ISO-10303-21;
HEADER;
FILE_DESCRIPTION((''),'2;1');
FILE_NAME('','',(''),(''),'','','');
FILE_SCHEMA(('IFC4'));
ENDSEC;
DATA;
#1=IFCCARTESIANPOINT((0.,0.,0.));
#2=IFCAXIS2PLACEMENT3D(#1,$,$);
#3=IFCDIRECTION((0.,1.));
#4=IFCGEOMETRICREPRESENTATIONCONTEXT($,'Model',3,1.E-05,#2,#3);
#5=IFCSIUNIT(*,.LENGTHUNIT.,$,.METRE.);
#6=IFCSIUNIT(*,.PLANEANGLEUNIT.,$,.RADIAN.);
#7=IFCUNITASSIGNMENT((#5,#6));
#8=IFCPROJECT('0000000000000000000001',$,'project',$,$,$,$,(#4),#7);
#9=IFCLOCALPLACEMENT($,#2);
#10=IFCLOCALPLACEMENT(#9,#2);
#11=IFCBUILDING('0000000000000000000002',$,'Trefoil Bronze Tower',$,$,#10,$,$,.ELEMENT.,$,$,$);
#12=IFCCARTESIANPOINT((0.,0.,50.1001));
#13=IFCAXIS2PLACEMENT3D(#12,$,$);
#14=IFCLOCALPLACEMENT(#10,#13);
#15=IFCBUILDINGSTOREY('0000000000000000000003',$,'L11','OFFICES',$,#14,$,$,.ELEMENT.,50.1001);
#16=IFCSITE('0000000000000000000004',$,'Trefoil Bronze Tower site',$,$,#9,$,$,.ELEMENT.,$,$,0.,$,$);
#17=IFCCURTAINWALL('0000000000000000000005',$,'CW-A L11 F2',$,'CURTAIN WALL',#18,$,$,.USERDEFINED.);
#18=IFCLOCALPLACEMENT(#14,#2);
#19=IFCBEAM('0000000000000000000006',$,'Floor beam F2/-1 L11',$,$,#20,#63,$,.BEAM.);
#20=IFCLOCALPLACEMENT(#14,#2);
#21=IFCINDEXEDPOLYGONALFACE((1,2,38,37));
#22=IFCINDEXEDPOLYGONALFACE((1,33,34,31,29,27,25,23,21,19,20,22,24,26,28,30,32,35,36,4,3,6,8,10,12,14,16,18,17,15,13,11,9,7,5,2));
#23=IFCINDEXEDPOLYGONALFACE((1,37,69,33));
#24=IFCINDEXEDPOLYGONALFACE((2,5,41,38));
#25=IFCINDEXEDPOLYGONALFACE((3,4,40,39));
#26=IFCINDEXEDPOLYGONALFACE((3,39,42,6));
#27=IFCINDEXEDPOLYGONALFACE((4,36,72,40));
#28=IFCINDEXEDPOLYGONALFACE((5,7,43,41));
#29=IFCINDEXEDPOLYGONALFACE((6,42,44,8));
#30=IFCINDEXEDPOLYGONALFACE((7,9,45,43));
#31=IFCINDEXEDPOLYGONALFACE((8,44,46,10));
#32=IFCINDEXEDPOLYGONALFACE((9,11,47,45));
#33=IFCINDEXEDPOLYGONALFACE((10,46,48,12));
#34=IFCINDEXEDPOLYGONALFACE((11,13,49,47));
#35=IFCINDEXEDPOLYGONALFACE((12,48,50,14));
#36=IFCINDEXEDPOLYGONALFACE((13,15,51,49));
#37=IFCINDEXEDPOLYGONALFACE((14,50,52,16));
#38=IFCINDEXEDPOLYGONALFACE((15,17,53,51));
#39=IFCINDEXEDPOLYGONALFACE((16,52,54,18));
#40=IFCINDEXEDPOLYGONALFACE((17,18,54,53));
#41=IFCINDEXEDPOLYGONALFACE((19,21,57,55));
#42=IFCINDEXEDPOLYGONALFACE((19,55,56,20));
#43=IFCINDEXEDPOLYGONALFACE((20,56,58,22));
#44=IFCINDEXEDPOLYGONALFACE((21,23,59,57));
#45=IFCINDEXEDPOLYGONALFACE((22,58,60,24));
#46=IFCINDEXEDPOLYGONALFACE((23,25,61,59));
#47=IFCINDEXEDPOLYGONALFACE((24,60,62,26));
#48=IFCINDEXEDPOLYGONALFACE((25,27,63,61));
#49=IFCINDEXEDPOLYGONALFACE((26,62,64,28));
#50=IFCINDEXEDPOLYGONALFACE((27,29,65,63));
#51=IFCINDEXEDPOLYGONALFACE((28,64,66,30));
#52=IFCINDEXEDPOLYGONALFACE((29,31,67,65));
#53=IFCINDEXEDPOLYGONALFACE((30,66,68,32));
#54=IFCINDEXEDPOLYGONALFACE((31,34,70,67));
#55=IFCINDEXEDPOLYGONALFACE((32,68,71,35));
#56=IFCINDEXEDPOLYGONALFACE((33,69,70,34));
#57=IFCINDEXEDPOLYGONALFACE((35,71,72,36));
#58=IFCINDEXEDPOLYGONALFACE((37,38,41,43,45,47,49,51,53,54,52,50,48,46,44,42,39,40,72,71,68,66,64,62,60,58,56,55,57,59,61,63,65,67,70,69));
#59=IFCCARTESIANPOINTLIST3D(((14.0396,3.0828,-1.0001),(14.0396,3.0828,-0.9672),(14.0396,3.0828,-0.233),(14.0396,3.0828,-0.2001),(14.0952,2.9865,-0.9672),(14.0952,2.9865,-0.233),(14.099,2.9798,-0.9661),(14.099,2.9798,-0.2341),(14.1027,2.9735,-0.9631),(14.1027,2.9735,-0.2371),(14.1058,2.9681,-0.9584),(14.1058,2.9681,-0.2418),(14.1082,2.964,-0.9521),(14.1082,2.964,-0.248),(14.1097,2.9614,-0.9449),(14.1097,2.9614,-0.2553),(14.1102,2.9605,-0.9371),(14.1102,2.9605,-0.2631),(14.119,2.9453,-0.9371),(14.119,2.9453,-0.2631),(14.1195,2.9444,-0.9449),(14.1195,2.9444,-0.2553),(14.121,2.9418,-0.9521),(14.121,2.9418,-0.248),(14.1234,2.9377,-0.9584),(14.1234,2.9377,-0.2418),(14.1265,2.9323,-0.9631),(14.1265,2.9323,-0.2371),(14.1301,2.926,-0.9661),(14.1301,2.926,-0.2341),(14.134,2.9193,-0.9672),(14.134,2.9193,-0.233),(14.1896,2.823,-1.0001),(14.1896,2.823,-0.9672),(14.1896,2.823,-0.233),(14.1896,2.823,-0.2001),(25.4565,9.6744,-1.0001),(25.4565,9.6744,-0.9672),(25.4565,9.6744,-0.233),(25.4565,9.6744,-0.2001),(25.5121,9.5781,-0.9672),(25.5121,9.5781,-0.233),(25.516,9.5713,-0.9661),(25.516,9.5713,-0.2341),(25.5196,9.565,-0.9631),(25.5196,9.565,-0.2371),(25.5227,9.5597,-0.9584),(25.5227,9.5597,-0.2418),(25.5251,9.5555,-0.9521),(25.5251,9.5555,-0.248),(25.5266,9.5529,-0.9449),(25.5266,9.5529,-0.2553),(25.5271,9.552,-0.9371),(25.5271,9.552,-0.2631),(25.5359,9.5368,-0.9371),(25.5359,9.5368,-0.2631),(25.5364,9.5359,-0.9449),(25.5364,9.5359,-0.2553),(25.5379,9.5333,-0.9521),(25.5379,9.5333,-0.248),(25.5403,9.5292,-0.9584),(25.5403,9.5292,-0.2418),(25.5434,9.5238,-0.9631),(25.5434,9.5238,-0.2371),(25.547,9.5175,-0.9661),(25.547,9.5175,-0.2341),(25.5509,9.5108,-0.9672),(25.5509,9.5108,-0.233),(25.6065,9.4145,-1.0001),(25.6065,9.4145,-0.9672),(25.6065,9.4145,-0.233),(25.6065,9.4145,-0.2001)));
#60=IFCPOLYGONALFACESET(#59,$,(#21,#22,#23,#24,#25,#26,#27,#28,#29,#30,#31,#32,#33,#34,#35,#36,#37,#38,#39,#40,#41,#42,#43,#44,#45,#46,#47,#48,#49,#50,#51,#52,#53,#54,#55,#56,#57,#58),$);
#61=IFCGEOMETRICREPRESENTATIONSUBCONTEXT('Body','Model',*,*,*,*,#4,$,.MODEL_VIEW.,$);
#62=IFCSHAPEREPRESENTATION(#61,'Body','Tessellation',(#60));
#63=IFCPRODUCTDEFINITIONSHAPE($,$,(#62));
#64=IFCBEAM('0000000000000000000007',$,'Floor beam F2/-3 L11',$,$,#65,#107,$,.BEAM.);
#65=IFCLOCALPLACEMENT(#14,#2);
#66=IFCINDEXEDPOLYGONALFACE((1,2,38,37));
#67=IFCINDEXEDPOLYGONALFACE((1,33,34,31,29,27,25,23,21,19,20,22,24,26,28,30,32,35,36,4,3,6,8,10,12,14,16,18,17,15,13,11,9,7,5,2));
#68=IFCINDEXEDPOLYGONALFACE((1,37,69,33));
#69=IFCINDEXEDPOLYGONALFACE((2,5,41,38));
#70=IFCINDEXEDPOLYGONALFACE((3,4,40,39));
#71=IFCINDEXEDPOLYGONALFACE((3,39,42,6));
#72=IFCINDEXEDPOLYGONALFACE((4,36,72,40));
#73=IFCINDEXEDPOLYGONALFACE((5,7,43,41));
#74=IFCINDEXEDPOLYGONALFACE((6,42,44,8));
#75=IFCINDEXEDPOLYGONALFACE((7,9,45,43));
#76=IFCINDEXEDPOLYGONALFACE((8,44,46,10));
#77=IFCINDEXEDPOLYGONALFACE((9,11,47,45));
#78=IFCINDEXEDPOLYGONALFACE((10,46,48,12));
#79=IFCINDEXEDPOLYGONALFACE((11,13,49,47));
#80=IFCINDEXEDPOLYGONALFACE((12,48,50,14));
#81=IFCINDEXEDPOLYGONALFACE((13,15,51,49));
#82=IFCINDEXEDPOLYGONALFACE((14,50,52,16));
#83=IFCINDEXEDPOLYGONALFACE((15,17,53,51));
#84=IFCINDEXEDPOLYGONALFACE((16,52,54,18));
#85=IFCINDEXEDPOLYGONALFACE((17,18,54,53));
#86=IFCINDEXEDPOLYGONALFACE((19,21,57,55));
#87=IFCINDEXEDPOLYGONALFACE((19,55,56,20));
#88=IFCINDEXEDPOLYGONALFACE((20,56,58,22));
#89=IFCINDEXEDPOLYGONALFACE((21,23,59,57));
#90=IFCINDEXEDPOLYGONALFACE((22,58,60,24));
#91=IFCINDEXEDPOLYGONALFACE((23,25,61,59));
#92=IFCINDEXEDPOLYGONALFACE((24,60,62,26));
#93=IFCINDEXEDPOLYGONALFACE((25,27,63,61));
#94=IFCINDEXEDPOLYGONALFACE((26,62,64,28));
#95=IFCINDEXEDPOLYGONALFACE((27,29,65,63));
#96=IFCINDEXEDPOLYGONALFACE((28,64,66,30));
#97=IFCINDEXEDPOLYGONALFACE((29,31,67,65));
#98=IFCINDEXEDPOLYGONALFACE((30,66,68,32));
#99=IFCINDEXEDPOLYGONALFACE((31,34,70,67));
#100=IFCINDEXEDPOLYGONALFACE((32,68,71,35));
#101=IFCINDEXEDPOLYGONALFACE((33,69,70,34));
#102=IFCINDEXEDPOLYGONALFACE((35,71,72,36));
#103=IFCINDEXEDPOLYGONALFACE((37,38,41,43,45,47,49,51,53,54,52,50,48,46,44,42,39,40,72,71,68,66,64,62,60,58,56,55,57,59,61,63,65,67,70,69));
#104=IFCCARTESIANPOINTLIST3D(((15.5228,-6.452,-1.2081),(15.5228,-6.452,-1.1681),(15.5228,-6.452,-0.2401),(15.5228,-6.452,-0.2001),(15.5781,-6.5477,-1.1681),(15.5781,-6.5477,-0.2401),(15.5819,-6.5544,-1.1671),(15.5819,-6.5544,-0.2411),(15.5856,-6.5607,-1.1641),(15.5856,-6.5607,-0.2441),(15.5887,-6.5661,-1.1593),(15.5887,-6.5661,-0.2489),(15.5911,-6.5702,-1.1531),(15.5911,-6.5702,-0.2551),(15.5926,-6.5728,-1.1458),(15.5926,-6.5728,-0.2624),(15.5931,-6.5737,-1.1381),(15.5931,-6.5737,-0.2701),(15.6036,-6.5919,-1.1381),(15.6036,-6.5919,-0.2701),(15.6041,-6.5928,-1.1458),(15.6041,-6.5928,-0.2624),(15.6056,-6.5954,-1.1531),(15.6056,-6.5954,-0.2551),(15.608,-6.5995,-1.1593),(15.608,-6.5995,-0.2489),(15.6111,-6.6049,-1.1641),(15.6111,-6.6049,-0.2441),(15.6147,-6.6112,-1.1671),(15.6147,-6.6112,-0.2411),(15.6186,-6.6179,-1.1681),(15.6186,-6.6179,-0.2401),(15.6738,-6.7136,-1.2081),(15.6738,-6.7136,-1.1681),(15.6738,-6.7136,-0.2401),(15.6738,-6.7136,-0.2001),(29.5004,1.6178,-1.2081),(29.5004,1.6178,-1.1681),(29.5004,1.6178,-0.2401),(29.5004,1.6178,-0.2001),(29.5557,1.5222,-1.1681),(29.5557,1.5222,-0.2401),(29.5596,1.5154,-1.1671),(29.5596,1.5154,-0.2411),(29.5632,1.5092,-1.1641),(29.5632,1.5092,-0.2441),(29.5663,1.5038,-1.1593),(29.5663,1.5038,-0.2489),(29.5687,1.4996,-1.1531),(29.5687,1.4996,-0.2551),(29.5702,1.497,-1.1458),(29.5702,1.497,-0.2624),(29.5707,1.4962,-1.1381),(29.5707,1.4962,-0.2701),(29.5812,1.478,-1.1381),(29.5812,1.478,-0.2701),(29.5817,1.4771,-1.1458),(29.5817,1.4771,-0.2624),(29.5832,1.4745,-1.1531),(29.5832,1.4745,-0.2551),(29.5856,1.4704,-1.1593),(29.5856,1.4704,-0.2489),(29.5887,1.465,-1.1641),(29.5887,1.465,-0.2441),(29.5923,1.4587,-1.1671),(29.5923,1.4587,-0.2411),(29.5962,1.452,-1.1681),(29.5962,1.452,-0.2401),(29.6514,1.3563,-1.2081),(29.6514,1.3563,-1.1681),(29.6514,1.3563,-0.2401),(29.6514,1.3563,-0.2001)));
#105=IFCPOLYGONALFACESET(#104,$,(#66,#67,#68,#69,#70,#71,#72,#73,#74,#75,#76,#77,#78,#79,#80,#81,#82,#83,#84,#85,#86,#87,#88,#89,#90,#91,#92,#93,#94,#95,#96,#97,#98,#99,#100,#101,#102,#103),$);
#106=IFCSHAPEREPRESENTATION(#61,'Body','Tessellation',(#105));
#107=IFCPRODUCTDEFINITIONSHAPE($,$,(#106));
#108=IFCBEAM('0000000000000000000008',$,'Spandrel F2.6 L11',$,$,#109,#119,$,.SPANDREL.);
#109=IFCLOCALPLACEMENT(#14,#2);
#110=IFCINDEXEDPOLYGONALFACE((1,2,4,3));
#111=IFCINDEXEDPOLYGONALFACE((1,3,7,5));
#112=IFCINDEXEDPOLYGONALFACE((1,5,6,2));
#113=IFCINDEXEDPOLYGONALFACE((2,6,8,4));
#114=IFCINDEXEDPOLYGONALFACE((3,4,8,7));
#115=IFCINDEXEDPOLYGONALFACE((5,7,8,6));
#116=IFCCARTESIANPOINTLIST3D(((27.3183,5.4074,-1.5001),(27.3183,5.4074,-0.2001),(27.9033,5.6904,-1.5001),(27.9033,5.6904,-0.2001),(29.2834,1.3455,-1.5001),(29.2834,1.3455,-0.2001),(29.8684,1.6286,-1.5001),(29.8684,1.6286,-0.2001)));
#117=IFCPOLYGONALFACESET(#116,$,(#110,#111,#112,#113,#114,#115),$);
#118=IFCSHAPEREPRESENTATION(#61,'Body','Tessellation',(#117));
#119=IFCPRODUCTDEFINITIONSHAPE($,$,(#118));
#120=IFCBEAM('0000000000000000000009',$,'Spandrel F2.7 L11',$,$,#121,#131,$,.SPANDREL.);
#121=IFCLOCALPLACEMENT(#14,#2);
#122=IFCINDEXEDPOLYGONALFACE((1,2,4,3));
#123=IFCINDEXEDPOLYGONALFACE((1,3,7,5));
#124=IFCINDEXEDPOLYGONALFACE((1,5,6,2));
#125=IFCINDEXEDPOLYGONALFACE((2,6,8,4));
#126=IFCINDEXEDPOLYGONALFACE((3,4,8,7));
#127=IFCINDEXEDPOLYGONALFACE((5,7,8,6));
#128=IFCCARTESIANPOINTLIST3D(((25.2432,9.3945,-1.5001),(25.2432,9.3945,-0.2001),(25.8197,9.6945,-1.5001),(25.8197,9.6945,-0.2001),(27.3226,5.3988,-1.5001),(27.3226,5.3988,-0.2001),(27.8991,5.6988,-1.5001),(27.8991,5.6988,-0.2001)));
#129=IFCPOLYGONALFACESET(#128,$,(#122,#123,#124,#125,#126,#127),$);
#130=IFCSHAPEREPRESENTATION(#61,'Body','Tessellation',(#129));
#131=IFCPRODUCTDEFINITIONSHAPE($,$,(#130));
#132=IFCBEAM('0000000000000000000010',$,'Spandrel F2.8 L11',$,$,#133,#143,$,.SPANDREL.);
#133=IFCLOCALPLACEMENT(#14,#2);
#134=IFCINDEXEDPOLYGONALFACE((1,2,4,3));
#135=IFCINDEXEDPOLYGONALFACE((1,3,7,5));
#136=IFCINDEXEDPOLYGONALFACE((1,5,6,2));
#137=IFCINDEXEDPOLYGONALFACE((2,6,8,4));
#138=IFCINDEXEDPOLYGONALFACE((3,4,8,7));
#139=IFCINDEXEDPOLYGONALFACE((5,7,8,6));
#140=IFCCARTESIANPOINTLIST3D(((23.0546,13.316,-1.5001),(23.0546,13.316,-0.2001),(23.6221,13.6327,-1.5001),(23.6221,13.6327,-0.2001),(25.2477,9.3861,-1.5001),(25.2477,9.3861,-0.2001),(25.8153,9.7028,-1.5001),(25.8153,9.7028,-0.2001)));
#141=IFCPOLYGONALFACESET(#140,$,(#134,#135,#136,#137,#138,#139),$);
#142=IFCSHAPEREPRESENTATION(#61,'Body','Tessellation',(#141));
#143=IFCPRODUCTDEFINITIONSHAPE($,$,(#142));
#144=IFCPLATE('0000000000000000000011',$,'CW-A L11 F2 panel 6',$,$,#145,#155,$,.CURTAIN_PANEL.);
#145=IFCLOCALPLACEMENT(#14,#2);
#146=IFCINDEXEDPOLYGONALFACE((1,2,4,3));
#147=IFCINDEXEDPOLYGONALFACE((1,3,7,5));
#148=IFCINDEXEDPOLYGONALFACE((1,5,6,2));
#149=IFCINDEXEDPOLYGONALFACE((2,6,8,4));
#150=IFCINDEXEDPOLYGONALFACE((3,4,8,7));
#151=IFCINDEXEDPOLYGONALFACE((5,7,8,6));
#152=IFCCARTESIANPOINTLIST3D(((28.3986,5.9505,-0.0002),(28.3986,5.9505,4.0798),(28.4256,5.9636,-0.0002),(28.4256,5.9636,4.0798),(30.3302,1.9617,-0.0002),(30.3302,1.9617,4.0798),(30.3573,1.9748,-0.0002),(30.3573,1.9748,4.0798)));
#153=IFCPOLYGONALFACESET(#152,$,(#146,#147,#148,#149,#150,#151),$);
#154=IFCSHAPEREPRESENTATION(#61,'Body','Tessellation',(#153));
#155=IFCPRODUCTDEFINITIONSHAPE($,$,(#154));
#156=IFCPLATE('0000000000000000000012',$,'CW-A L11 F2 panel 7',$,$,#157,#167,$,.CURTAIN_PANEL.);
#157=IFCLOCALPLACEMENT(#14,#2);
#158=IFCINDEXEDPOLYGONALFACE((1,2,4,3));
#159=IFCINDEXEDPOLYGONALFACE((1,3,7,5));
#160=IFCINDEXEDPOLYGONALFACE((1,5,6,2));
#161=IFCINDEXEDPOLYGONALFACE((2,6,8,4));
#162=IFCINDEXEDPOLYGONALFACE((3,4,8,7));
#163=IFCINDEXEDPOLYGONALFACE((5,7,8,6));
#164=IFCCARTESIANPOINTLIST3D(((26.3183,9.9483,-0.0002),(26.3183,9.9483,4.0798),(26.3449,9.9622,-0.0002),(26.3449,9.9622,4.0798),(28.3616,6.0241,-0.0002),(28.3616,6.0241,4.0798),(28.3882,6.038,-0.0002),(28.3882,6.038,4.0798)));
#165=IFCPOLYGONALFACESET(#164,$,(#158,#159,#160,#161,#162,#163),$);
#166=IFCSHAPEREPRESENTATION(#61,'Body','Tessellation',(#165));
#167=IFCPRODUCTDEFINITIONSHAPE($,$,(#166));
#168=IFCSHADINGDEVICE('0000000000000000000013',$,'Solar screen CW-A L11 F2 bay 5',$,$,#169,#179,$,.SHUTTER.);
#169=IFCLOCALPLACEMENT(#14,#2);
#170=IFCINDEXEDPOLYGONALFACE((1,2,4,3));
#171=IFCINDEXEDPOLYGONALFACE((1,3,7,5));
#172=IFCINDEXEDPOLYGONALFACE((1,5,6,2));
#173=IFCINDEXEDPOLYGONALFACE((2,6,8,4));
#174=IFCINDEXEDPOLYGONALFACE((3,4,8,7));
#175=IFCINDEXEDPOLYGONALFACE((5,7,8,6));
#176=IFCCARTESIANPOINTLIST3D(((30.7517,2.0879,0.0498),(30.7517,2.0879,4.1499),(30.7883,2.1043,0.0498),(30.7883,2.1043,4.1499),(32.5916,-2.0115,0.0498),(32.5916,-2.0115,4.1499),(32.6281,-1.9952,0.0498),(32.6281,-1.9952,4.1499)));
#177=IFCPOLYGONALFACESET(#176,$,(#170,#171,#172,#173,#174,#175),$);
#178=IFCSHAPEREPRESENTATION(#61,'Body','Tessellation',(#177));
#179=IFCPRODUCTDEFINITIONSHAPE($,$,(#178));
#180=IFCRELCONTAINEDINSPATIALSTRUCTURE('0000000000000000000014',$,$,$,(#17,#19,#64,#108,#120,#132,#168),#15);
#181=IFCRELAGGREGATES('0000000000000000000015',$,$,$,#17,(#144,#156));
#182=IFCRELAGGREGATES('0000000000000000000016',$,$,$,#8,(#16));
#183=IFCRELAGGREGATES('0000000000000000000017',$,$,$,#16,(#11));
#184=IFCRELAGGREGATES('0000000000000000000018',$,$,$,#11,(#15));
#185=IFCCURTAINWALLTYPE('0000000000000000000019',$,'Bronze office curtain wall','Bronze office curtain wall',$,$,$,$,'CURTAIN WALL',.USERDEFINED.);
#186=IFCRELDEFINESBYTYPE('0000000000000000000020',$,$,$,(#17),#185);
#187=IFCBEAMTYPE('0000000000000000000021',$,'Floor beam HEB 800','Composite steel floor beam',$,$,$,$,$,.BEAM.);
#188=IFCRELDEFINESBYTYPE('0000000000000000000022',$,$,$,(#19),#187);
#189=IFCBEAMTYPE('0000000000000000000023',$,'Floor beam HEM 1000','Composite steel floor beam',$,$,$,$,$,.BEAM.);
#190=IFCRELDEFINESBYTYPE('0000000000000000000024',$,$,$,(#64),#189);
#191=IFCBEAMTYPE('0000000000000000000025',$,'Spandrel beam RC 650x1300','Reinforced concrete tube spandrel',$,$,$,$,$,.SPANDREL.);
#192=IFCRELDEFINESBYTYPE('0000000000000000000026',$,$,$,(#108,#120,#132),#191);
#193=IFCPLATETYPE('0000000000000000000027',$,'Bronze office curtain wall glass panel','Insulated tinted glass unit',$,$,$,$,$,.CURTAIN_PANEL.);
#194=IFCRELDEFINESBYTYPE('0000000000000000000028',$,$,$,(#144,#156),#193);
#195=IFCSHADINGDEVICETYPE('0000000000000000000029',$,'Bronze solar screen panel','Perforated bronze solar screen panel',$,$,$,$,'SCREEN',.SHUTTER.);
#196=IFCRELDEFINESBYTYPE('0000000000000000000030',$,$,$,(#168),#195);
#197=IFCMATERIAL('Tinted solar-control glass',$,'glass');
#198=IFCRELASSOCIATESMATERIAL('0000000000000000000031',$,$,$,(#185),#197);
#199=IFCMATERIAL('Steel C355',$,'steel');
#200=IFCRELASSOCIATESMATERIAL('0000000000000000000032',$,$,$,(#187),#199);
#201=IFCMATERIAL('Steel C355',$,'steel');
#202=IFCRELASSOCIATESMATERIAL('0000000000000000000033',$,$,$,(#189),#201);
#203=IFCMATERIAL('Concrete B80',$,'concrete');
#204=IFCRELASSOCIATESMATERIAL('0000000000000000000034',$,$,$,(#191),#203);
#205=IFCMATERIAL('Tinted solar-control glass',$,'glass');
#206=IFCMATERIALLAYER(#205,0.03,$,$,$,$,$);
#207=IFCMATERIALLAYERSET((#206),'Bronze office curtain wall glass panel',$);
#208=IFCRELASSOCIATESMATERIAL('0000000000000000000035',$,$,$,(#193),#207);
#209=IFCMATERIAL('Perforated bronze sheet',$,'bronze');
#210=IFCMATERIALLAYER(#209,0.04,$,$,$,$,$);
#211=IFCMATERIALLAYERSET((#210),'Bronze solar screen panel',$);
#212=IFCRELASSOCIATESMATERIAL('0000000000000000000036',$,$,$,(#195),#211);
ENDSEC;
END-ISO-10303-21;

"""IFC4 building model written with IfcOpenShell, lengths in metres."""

from ifc_helpers import new_model, si_unit, direction, frame, origin, origin_2d, place, context, subcontext, project, spatial, rectangle, i_section, extrude, material, layer, layer_set, material_profile, profile_set, type_object, element, aggregate, save


model = new_model("IFC4")

# Units and contexts
model_context = context("Model", 3, precision=1e-05, world=origin(), true_north=direction((0.0, 1.0)))
body_context = subcontext(model_context, "Body", "Model", "MODEL_VIEW")
ifc_project = project(units=[si_unit("LENGTHUNIT", "METRE"), si_unit("PLANEANGLEUNIT", "RADIAN")], contexts=[model_context])

# Site, building, storey
site_placement = place(None, origin())
site = spatial("IfcSite", under=ifc_project, at=site_placement, Name="Trefoil Bronze Tower site", CompositionType="ELEMENT", RefElevation=0.0)
building_placement = place(site_placement, origin())
building = spatial("IfcBuilding", under=site, at=building_placement, Name="Trefoil Bronze Tower", CompositionType="ELEMENT")
storey_placement = place(building_placement, frame((0.0, 0.0, 50.1001)))
storey = spatial("IfcBuildingStorey", under=building, at=storey_placement, Name="L11", Description="OFFICES", CompositionType="ELEMENT", Elevation=50.1001)

# Curtain wall
ifc_material_1 = material(Name="Tinted solar-control glass", Category="glass")
curtain_wall_type = type_object("IfcCurtainWallType", Name="Bronze office curtain wall", Description="Bronze office curtain wall", ElementType="CURTAIN WALL", PredefinedType="USERDEFINED", material=ifc_material_1)
curtain_wall_placement = place(storey_placement, origin())
curtain_wall = element("IfcCurtainWall", 1, at=curtain_wall_placement, inside=storey, type_object=curtain_wall_type, Name="CW-A L11 F2", ObjectType="CURTAIN WALL", PredefinedType="USERDEFINED")

# Beams
ifc_material_2 = material(Name="Steel C355", Category="steel")
ifc_material_profile_1 = material_profile(ifc_material_2, i_section(OverallWidth=0.3, OverallDepth=0.8, WebThickness=0.0176, FlangeThickness=0.033, FilletRadius=0.03, at=origin_2d()), Name="HEB 800")
ifc_profile_set_1 = profile_set([ifc_material_profile_1], Name="Steel C355")
beam_type_1 = type_object("IfcBeamType", Name="Floor beam HEB 800", Description="Composite steel floor beam", PredefinedType="BEAM", material=ifc_profile_set_1)
beam_1_placement = place(storey_placement, frame((25.5315, 9.5444, -0.6001), z_axis=(-0.866027, -0.499997, 0.0), x_axis=(0.499997, -0.866027, 0.0)))
element("IfcBeam", 2, at=beam_1_placement, inside=storey, type_object=beam_type_1, Name="Floor beam F2/-1 L11", PredefinedType="BEAM", context=body_context, shape_type="SweptSolid", body=[
    extrude(i_section(OverallWidth=0.3, OverallDepth=0.8, WebThickness=0.0176, FlangeThickness=0.033, FilletRadius=0.03, at=origin_2d()), origin(), (0.0, 0.0, 1.0), 13.1831),
])
ifc_material_3 = material(Name="Steel C355", Category="steel")
ifc_material_profile_2 = material_profile(ifc_material_3, i_section(OverallWidth=0.302, OverallDepth=1.0081, WebThickness=0.021, FlangeThickness=0.04, FilletRadius=0.03, at=origin_2d()), Name="HEM 1000")
ifc_profile_set_2 = profile_set([ifc_material_profile_2], Name="Steel C355")
beam_type_2 = type_object("IfcBeamType", Name="Floor beam HEM 1000", Description="Composite steel floor beam", PredefinedType="BEAM", material=ifc_profile_set_2)
beam_2_placement = place(storey_placement, frame((29.5759, 1.4871, -0.7041), z_axis=(-0.866028, -0.499995, 0.0), x_axis=(0.499995, -0.866028, 0.0)))
element("IfcBeam", 3, at=beam_2_placement, inside=storey, type_object=beam_type_2, Name="Floor beam F2/-3 L11", PredefinedType="BEAM", context=body_context, shape_type="SweptSolid", body=[
    extrude(i_section(OverallWidth=0.302, OverallDepth=1.0081, WebThickness=0.021, FlangeThickness=0.04, FilletRadius=0.03, at=origin_2d()), origin(), (0.0, 0.0, 1.0), 16.1399),
])
ifc_material_4 = material(Name="Concrete B80", Category="concrete")
ifc_material_profile_3 = material_profile(ifc_material_4, rectangle(XDim=0.6499, YDim=1.3, at=origin_2d()), Name="RC 650x1300")
ifc_profile_set_3 = profile_set([ifc_material_profile_3], Name="Concrete B80")
beam_type_3 = type_object("IfcBeamType", Name="Spandrel beam RC 650x1300", Description="Reinforced concrete tube spandrel", PredefinedType="SPANDREL", material=ifc_profile_set_3)
beam_3_placement = place(storey_placement, frame((29.5759, 1.4871, -0.8501), z_axis=(-0.43551, 0.900184, 0.0), x_axis=(-0.900184, -0.43551, 0.0)))
element("IfcBeam", 4, at=beam_3_placement, inside=storey, type_object=beam_type_3, Name="Spandrel F2.6 L11", PredefinedType="SPANDREL", context=body_context, shape_type="SweptSolid", body=[
    extrude(rectangle(XDim=0.6499, YDim=1.3, at=origin_2d()), origin(), (0.0, 0.0, 1.0), 4.5122),
])
beam_4_placement = place(storey_placement, frame((27.6108, 5.5488, -0.8501), z_axis=(-0.461638, 0.887069, 0.0), x_axis=(-0.887069, -0.461638, 0.0)))
element("IfcBeam", 5, at=beam_4_placement, inside=storey, type_object=beam_type_3, Name="Spandrel F2.7 L11", PredefinedType="SPANDREL", context=body_context, shape_type="SweptSolid", body=[
    extrude(rectangle(XDim=0.6499, YDim=1.3, at=origin_2d()), origin(), (0.0, 0.0, 1.0), 4.5044),
])
beam_5_placement = place(storey_placement, frame((25.5315, 9.5444, -0.8501), z_axis=(-0.487309, 0.873229, 0.0), x_axis=(-0.873229, -0.487309, 0.0)))
element("IfcBeam", 6, at=beam_5_placement, inside=storey, type_object=beam_type_3, Name="Spandrel F2.8 L11", PredefinedType="SPANDREL", context=body_context, shape_type="SweptSolid", body=[
    extrude(rectangle(XDim=0.6499, YDim=1.3, at=origin_2d()), origin(), (0.0, 0.0, 1.0), 4.5005),
])

# Plates
ifc_material_5 = material(Name="Tinted solar-control glass", Category="glass")
ifc_layer_1 = layer(ifc_material_5, 0.03)
ifc_layer_set_1 = layer_set([ifc_layer_1], Name="Bronze office curtain wall glass panel")
plate_type = type_object("IfcPlateType", Name="Bronze office curtain wall glass panel", Description="Insulated tinted glass unit", PredefinedType="CURTAIN_PANEL", material=ifc_layer_set_1)
plate_1_placement = place(storey_placement, frame((29.3779, 3.9626, -0.0002), z_axis=(0.0, 0.0, 1.0), x_axis=(-0.435855, 0.900017, 0.0)))
plate_1 = element("IfcPlate", 7, at=plate_1_placement, type_object=plate_type, Name="CW-A L11 F2 panel 6", PredefinedType="CURTAIN_PANEL", context=body_context, shape_type="SweptSolid", body=[
    extrude(rectangle(XDim=4.4319, YDim=0.03, at=origin_2d()), origin(), (0.0, 0.0, 1.0), 4.0801),
])
plate_2_placement = place(storey_placement, frame((27.3533, 7.9932, -0.0002), z_axis=(0.0, 0.0, 1.0), x_axis=(-0.46183, 0.886969, 0.0)))
plate_2 = element("IfcPlate", 8, at=plate_2_placement, type_object=plate_type, Name="CW-A L11 F2 panel 7", PredefinedType="CURTAIN_PANEL", context=body_context, shape_type="SweptSolid", body=[
    extrude(rectangle(XDim=4.4243, YDim=0.03, at=origin_2d()), origin(), (0.0, 0.0, 1.0), 4.0801),
])
aggregate(curtain_wall, [plate_1, plate_2])

# Shading device
ifc_material_6 = material(Name="Perforated bronze sheet", Category="bronze")
ifc_layer_2 = layer(ifc_material_6, 0.04)
ifc_layer_set_2 = layer_set([ifc_layer_2], Name="Bronze solar screen panel")
shading_device_type = type_object("IfcShadingDeviceType", Name="Bronze solar screen panel", Description="Perforated bronze solar screen panel", ElementType="SCREEN", PredefinedType="SHUTTER", material=ifc_layer_set_2)
shading_device_1_placement = place(storey_placement, frame((31.6899, 0.0464, 0.0498), z_axis=(0.0, 0.0, 1.0), x_axis=(-0.409456, 0.91233, 0.0)))
element("IfcShadingDevice", 9, at=shading_device_1_placement, inside=storey, type_object=shading_device_type, Name="Solar screen CW-A L11 F2 bay 5", PredefinedType="SHUTTER", context=body_context, shape_type="SweptSolid", body=[
    extrude(rectangle(XDim=4.4934, YDim=0.04, at=origin_2d()), origin(), (0.0, 0.0, 1.0), 4.1001),
])

save(model, "model.ifc")
